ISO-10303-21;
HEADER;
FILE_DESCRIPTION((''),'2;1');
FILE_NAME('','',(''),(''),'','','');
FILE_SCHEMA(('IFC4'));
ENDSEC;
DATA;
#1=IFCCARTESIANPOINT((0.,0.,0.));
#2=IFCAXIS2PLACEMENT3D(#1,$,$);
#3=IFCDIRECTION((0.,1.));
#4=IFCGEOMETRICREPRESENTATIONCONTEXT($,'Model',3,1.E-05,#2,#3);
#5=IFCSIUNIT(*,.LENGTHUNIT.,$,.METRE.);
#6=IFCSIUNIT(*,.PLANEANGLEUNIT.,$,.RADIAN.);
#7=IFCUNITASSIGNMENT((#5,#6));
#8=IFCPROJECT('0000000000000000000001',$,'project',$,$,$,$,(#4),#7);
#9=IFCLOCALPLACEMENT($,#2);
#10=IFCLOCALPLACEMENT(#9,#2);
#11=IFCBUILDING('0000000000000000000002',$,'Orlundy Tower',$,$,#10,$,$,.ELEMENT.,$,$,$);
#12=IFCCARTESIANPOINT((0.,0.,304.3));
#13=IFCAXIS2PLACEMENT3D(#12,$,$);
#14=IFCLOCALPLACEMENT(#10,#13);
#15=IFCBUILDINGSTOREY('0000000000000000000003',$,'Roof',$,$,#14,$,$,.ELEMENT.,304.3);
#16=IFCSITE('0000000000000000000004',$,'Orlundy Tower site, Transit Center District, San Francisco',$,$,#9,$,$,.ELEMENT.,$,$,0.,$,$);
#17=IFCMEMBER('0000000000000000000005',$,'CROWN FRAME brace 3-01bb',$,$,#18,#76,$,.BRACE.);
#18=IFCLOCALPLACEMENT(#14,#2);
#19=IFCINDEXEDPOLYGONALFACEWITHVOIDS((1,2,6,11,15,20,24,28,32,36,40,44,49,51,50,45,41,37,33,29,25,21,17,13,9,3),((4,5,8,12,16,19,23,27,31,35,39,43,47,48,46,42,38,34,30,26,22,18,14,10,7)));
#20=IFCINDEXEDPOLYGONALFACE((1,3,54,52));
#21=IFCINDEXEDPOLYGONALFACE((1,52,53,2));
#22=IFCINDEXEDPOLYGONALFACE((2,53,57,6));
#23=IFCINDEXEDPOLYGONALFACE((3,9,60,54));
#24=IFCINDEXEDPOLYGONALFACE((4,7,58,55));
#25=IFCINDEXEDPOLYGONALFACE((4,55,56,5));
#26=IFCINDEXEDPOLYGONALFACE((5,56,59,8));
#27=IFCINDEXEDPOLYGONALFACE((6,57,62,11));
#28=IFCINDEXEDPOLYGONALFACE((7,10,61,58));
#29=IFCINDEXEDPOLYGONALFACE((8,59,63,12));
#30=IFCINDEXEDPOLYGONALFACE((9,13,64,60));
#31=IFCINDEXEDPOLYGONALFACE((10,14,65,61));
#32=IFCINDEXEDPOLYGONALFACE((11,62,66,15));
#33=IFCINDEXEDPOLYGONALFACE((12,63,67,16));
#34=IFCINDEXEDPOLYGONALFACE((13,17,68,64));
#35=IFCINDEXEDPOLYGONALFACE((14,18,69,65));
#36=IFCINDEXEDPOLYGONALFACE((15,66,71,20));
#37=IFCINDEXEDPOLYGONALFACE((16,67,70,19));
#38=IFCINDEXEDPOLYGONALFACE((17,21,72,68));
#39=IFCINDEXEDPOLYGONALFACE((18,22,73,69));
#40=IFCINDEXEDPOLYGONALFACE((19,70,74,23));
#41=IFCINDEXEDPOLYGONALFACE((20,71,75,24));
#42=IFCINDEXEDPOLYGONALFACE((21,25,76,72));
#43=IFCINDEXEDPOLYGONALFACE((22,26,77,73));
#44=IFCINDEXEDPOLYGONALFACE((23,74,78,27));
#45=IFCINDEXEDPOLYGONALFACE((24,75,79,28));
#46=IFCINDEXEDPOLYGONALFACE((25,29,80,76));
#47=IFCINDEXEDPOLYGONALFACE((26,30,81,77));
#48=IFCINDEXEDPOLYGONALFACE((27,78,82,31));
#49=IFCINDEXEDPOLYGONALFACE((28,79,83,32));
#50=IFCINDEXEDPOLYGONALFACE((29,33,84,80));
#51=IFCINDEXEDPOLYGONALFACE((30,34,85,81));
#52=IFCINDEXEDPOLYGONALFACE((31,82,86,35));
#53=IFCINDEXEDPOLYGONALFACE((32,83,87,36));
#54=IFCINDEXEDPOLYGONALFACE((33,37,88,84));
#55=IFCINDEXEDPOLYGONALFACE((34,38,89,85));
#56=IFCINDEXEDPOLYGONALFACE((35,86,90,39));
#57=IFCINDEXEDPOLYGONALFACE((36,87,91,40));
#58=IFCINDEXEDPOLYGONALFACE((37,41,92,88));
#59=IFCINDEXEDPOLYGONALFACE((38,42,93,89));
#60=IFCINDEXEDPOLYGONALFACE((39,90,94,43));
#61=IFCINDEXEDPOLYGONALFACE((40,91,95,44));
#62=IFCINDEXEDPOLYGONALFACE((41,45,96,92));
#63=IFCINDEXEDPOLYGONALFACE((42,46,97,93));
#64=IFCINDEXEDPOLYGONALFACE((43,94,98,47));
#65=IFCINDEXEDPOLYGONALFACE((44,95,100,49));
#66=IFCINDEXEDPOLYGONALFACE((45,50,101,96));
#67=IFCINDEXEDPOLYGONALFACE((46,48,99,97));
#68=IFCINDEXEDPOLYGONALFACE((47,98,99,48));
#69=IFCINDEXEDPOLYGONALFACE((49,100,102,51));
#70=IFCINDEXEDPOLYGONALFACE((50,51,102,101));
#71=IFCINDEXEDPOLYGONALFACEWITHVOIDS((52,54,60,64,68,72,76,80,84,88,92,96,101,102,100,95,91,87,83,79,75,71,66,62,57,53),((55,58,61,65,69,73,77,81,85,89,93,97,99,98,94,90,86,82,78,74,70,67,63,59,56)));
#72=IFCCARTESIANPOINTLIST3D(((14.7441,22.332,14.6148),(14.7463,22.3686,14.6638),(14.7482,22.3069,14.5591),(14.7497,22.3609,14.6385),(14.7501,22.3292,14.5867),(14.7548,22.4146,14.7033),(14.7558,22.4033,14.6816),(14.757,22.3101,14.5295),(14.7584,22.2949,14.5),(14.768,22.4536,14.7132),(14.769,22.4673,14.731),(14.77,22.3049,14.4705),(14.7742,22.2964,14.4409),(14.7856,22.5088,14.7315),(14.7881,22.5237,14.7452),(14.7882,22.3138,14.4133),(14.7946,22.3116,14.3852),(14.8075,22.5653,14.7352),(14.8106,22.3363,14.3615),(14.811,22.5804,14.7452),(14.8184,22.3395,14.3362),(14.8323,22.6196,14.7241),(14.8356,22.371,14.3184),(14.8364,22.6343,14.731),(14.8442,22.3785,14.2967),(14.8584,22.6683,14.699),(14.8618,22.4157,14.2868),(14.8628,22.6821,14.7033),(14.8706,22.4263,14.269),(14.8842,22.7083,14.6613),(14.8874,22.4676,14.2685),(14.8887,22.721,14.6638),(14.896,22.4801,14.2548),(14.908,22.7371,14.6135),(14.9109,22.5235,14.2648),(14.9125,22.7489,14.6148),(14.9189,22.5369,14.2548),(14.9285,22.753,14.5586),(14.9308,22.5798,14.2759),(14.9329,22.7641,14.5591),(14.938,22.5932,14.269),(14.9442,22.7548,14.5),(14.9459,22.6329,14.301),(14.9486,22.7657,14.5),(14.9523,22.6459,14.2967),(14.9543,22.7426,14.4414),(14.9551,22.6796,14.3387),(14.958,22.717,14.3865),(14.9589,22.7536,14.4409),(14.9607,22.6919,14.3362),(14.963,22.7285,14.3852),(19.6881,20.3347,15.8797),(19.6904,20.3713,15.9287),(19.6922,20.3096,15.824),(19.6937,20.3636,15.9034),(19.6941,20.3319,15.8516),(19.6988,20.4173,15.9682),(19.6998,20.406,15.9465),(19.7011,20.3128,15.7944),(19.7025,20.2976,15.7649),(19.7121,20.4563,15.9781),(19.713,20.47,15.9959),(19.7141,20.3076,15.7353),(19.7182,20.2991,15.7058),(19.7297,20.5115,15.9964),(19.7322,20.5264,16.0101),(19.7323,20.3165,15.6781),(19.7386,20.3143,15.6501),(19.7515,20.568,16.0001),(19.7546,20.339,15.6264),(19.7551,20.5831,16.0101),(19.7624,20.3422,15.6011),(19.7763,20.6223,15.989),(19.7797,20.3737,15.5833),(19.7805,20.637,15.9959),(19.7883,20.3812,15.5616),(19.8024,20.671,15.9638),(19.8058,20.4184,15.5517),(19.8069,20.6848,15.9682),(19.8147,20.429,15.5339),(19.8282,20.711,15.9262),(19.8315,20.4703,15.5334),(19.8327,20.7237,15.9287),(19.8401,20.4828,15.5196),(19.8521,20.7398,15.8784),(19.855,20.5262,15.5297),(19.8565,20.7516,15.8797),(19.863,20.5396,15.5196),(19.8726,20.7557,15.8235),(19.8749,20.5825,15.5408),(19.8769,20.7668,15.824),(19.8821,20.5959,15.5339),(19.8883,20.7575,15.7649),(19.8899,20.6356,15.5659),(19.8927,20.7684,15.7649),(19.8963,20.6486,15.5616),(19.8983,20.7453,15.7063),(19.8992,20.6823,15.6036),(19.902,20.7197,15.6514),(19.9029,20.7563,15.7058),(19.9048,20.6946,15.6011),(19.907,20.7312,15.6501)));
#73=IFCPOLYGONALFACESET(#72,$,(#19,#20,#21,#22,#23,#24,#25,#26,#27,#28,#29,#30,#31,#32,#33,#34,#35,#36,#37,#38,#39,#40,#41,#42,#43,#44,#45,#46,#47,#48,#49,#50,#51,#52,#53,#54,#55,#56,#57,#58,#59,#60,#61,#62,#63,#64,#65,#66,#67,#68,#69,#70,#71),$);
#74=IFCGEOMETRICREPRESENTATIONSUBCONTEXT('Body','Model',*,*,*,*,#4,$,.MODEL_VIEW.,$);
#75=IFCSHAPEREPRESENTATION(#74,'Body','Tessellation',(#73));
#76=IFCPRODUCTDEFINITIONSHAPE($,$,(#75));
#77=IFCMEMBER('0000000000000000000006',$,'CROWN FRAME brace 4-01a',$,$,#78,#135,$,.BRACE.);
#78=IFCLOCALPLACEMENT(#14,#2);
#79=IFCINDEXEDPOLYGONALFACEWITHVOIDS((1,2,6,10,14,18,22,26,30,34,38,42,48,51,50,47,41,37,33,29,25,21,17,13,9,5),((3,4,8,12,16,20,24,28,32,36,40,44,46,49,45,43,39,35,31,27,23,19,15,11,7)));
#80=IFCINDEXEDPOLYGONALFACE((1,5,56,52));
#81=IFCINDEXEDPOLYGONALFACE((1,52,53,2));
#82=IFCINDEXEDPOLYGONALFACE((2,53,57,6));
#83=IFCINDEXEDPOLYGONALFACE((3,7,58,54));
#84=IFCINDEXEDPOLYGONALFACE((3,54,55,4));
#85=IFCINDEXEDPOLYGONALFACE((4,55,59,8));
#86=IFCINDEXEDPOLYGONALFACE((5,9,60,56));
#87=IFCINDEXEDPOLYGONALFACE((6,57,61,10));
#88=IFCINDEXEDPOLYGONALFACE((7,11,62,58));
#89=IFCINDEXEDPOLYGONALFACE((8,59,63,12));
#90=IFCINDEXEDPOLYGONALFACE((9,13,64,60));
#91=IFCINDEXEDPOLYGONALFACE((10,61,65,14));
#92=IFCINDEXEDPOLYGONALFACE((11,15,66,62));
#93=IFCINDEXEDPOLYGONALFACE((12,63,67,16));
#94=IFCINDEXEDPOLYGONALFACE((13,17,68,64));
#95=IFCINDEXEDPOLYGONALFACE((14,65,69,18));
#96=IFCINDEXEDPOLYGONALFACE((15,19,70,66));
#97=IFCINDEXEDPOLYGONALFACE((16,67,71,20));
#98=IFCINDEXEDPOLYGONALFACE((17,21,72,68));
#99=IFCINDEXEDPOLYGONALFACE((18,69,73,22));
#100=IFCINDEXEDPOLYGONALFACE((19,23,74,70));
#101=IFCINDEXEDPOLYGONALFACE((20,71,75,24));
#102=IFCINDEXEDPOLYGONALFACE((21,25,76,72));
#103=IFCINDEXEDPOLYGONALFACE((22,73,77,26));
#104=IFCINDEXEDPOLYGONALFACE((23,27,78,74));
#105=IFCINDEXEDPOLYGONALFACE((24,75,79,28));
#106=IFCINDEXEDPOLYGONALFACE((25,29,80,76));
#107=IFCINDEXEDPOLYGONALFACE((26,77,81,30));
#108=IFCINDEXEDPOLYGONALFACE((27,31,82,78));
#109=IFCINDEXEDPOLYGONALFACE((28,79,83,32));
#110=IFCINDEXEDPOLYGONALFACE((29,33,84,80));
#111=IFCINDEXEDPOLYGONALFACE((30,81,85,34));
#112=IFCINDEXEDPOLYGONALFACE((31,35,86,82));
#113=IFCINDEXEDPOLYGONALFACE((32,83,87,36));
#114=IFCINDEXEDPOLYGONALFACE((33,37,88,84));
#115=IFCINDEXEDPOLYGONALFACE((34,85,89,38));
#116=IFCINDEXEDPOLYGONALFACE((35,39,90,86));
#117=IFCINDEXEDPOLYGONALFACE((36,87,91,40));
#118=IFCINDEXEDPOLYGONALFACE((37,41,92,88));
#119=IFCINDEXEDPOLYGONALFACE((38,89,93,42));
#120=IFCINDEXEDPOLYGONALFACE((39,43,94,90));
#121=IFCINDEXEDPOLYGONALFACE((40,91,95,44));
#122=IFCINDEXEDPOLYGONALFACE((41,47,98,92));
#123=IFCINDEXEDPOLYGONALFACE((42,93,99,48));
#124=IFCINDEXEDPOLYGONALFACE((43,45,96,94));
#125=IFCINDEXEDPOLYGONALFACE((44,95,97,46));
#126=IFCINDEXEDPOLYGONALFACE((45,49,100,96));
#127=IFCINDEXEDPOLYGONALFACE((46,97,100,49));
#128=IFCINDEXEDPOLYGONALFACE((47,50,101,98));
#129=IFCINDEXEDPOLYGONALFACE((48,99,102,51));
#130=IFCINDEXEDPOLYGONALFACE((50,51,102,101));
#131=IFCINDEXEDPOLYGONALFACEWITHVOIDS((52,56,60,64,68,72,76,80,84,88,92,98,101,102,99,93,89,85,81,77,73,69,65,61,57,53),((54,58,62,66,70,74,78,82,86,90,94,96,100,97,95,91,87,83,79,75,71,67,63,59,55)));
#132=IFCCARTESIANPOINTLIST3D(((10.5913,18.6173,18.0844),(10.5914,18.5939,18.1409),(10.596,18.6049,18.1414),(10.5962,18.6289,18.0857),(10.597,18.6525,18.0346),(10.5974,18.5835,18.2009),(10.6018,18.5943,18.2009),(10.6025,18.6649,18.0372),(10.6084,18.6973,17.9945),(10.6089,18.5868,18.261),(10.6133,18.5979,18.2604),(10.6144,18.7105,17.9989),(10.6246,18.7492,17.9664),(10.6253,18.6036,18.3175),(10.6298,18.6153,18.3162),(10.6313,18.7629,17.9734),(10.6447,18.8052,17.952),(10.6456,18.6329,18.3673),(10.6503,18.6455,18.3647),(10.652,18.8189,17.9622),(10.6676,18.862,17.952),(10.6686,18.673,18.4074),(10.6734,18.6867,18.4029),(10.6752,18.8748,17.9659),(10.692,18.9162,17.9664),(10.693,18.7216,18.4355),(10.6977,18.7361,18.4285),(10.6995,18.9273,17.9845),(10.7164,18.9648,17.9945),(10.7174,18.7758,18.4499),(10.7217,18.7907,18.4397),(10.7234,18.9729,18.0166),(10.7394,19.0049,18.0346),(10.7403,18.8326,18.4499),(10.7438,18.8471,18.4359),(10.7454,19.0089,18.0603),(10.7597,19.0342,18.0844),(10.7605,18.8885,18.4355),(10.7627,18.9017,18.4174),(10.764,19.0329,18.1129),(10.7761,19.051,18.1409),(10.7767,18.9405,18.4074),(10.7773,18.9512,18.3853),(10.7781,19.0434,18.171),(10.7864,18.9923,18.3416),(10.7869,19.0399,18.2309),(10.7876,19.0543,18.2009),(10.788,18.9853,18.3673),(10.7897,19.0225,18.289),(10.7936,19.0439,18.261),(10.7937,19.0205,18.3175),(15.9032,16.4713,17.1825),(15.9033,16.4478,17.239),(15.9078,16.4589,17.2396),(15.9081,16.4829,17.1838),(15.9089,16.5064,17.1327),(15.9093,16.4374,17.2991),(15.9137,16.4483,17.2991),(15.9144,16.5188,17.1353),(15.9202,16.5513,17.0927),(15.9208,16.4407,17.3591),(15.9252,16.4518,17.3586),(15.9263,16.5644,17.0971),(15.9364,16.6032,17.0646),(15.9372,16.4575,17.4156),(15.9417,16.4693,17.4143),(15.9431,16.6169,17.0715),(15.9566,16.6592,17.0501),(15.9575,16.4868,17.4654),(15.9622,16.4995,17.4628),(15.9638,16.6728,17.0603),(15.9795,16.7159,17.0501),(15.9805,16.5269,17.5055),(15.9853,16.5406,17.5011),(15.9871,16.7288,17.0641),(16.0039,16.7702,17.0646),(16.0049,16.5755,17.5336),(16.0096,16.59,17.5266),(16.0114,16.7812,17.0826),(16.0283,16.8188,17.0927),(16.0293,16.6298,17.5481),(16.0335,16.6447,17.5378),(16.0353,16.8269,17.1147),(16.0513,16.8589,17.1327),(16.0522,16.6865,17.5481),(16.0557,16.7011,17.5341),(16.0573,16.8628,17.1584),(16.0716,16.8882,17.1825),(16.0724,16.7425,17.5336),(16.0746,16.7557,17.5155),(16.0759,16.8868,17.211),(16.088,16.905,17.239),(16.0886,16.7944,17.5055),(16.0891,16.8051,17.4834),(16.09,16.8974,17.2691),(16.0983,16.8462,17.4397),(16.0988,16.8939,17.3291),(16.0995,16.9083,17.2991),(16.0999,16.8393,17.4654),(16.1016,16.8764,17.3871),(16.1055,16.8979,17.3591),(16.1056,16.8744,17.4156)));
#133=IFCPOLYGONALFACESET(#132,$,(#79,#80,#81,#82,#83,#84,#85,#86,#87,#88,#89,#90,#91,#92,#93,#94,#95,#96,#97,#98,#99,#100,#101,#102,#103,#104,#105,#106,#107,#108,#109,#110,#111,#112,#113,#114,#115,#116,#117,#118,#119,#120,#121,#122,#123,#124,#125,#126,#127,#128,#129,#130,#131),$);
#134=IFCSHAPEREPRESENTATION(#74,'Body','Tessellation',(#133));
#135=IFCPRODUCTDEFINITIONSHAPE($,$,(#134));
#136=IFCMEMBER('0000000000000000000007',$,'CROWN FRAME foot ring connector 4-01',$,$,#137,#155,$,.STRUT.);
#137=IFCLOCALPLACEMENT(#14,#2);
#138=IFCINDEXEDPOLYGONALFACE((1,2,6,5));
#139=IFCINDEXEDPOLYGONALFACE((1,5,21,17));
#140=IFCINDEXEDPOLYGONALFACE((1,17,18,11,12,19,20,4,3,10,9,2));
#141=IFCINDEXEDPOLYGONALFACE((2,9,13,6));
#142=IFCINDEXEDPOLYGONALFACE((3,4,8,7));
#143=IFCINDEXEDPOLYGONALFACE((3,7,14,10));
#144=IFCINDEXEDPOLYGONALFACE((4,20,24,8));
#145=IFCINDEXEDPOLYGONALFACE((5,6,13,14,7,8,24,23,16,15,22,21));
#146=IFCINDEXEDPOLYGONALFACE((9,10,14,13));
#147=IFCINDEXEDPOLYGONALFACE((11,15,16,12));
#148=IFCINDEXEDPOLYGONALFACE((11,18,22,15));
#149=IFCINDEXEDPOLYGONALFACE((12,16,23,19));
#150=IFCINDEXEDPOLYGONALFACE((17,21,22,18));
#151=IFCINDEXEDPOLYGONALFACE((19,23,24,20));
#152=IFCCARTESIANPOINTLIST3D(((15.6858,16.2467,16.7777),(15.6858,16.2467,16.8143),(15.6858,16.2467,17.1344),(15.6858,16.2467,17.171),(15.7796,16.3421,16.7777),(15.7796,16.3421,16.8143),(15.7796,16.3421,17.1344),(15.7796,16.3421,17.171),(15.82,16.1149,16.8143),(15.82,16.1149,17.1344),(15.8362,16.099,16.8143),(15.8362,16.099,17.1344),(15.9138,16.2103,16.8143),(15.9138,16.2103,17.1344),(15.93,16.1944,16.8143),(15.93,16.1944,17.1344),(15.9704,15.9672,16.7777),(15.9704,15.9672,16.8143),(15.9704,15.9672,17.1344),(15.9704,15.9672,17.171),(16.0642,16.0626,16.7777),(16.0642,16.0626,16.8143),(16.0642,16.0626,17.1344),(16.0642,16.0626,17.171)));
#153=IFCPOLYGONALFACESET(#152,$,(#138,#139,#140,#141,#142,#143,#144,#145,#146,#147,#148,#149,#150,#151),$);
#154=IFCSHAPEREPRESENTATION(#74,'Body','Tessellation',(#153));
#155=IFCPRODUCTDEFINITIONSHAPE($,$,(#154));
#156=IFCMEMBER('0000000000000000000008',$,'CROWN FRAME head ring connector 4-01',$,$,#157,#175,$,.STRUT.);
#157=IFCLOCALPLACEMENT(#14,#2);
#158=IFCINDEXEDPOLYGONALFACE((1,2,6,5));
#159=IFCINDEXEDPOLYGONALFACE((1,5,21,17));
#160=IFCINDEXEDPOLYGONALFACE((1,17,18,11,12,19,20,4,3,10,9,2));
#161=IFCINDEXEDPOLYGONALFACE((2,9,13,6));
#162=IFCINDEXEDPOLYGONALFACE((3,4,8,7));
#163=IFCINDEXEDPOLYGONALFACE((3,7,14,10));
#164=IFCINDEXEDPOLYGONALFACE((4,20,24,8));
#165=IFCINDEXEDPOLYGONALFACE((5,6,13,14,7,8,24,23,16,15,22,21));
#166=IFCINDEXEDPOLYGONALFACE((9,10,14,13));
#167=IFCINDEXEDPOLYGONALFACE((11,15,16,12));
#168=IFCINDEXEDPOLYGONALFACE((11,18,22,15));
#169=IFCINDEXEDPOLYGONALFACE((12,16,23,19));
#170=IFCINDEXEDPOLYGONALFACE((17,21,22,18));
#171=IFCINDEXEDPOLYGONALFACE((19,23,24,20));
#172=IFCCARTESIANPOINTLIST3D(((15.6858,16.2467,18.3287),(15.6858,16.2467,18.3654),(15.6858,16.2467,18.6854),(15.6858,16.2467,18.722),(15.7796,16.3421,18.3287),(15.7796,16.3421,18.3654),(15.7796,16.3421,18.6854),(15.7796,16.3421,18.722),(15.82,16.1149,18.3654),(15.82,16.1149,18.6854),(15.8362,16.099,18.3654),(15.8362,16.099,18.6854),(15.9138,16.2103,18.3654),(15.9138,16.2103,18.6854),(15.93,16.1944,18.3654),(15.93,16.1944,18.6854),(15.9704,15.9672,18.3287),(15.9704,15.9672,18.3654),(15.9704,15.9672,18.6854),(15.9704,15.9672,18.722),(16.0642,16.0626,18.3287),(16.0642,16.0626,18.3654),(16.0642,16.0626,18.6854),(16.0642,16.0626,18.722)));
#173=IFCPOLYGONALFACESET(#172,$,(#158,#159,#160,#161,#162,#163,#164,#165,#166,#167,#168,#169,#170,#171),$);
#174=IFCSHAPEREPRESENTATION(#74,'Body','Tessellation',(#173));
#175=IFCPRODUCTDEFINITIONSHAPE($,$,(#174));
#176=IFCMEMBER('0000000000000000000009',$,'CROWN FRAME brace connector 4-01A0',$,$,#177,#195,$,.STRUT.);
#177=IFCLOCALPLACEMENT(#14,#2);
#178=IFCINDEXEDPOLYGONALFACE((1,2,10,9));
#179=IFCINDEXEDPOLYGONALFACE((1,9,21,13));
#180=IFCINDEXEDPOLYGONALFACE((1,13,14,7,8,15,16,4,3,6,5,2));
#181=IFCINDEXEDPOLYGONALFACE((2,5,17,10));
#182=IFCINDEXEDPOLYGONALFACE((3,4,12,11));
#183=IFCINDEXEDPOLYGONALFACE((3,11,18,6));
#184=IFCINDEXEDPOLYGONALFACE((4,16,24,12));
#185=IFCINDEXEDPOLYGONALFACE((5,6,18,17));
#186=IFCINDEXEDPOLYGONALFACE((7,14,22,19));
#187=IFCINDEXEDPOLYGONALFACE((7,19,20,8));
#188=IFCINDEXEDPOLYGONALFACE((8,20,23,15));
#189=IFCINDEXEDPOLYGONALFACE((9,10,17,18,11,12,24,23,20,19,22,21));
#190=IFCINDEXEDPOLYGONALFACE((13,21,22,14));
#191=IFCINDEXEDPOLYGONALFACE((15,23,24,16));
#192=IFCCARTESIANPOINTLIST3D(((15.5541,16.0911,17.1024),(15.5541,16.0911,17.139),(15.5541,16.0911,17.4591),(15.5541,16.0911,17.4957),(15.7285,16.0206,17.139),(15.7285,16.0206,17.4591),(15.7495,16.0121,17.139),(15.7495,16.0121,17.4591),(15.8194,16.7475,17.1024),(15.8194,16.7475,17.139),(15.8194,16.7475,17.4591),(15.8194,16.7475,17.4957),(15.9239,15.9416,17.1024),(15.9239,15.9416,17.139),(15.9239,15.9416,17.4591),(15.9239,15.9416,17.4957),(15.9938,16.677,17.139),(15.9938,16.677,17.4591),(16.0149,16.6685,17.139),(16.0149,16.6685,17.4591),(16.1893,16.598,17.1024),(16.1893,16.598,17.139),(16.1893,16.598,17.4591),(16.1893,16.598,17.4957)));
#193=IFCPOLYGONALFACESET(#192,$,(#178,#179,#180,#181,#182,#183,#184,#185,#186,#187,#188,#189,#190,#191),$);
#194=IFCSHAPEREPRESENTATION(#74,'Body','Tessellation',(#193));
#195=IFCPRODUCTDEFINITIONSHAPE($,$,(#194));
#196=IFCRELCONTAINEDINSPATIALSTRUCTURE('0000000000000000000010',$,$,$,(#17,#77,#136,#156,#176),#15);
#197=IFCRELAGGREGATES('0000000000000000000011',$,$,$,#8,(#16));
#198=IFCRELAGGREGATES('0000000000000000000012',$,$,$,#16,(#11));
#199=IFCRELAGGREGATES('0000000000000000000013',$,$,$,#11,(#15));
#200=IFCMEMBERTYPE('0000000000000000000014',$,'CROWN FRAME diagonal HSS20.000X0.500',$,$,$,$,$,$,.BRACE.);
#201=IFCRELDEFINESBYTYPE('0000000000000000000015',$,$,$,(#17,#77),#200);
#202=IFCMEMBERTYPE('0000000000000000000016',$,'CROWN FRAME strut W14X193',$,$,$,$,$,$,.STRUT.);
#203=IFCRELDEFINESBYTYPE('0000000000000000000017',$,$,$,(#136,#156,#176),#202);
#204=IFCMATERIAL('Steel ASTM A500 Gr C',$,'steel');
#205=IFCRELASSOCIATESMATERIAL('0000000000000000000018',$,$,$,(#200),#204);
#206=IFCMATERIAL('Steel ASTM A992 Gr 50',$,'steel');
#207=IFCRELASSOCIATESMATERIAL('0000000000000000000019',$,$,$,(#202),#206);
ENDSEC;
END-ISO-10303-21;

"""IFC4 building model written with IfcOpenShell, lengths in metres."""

from ifc_helpers import new_model, si_unit, direction, frame, origin, origin_2d, place, context, subcontext, project, spatial, hollow_circle, i_section, extrude, material, material_profile, profile_set, type_object, element, save


model = new_model("IFC4")

# Units and contexts
model_context = context("Model", 3, precision=1e-05, world=origin(), true_north=direction((0.0, 1.0)))
body_context = subcontext(model_context, "Body", "Model", "MODEL_VIEW")
ifc_project = project(units=[si_unit("LENGTHUNIT", "METRE"), si_unit("PLANEANGLEUNIT", "RADIAN")], contexts=[model_context])

# Site, building, storey
site_placement = place(None, origin())
site = spatial("IfcSite", under=ifc_project, at=site_placement, Name="Orlundy Tower site, Transit Center District, San Francisco", CompositionType="ELEMENT", RefElevation=0.0)
building_placement = place(site_placement, origin())
building = spatial("IfcBuilding", under=site, at=building_placement, Name="Orlundy Tower", CompositionType="ELEMENT")
storey_placement = place(building_placement, frame((0.0, 0.0, 304.3)))
storey = spatial("IfcBuildingStorey", under=building, at=storey_placement, Name="Roof", CompositionType="ELEMENT", Elevation=304.3)

# Members
ifc_material_1 = material(Name="Steel ASTM A500 Gr C", Category="steel")
ifc_material_profile_1 = material_profile(ifc_material_1, hollow_circle(Radius=0.2539, WallThickness=0.0117, at=origin_2d()), Name="HSS20.000X0.500")
ifc_profile_set_1 = profile_set([ifc_material_profile_1], Name="Steel ASTM A500 Gr C")
member_type_1 = type_object("IfcMemberType", Name="CROWN FRAME diagonal HSS20.000X0.500", PredefinedType="BRACE", material=ifc_profile_set_1)
member_1_placement = place(storey_placement, frame((14.8535, 22.5303, 14.5), z_axis=(0.902164, -0.364456, 0.230809), x_axis=(0.37457, 0.927199, 0.0)))
element("IfcMember", 1, at=member_1_placement, inside=storey, type_object=member_type_1, Name="CROWN FRAME brace 3-01bb", PredefinedType="BRACE", context=body_context, shape_type="SweptSolid", body=[
    extrude(hollow_circle(Radius=0.2539, WallThickness=0.0117, at=origin_2d()), origin(), (0.0, 0.0, 1.0), 5.4802),
])
member_2_placement = place(storey_placement, frame((16.0044, 16.6729, 17.2991), z_axis=(-0.91591, 0.370035, 0.155507), x_axis=(-0.374592, -0.92719, 0.0)))
element("IfcMember", 2, at=member_2_placement, inside=storey, type_object=member_type_1, Name="CROWN FRAME brace 4-01a", PredefinedType="BRACE", context=body_context, shape_type="SweptSolid", body=[
    extrude(hollow_circle(Radius=0.2539, WallThickness=0.0117, at=origin_2d()), origin(), (0.0, 0.0, 1.0), 5.7996),
])
ifc_material_2 = material(Name="Steel ASTM A992 Gr 50", Category="steel")
ifc_material_profile_2 = material_profile(ifc_material_2, i_section(OverallWidth=0.3989, OverallDepth=0.3933, WebThickness=0.0227, FlangeThickness=0.0366, at=origin_2d()), Name="W14X193")
ifc_profile_set_2 = profile_set([ifc_material_profile_2], Name="Steel ASTM A992 Gr 50")
member_type_2 = type_object("IfcMemberType", Name="CROWN FRAME strut W14X193", PredefinedType="STRUT", material=ifc_profile_set_2)
for number, where, z_axis, x_axis, name in (
    (3, (15.8281, 16.1069, 16.9744), (0.700691, 0.713464, 0.0), (-0.713464, 0.700691, 0.0), "CROWN FRAME foot ring connector 4-01"),
    (4, (15.8281, 16.1069, 18.5254), (0.700691, 0.713464, 0.0), (-0.713464, 0.700691, 0.0), "CROWN FRAME head ring connector 4-01"),
):
    element("IfcMember", number, at=place(storey_placement, frame(where, z_axis=z_axis, x_axis=x_axis)), inside=storey, type_object=member_type_2, Name=name, PredefinedType="STRUT", context=body_context, shape_type="SweptSolid", body=[
        extrude(i_section(OverallWidth=0.3989, OverallDepth=0.3933, WebThickness=0.0227, FlangeThickness=0.0366, at=origin_2d()), origin(), (0.0, 0.0, 1.0), 0.1338),
    ])
for number, where, z_axis, x_axis, name in (
    (5, (15.739, 16.0164, 17.2991), (0.374777, 0.927115, 0.0), (-0.927115, 0.374777, 0.0), "CROWN FRAME brace connector 4-01A0"),
):
    element("IfcMember", number, at=place(storey_placement, frame(where, z_axis=z_axis, x_axis=x_axis)), inside=storey, type_object=member_type_2, Name=name, PredefinedType="STRUT", context=body_context, shape_type="SweptSolid", body=[
        extrude(i_section(OverallWidth=0.3989, OverallDepth=0.3933, WebThickness=0.0227, FlangeThickness=0.0366, at=origin_2d()), origin(), (0.0, 0.0, 1.0), 0.708),
    ])

save(model, "model.ifc")
